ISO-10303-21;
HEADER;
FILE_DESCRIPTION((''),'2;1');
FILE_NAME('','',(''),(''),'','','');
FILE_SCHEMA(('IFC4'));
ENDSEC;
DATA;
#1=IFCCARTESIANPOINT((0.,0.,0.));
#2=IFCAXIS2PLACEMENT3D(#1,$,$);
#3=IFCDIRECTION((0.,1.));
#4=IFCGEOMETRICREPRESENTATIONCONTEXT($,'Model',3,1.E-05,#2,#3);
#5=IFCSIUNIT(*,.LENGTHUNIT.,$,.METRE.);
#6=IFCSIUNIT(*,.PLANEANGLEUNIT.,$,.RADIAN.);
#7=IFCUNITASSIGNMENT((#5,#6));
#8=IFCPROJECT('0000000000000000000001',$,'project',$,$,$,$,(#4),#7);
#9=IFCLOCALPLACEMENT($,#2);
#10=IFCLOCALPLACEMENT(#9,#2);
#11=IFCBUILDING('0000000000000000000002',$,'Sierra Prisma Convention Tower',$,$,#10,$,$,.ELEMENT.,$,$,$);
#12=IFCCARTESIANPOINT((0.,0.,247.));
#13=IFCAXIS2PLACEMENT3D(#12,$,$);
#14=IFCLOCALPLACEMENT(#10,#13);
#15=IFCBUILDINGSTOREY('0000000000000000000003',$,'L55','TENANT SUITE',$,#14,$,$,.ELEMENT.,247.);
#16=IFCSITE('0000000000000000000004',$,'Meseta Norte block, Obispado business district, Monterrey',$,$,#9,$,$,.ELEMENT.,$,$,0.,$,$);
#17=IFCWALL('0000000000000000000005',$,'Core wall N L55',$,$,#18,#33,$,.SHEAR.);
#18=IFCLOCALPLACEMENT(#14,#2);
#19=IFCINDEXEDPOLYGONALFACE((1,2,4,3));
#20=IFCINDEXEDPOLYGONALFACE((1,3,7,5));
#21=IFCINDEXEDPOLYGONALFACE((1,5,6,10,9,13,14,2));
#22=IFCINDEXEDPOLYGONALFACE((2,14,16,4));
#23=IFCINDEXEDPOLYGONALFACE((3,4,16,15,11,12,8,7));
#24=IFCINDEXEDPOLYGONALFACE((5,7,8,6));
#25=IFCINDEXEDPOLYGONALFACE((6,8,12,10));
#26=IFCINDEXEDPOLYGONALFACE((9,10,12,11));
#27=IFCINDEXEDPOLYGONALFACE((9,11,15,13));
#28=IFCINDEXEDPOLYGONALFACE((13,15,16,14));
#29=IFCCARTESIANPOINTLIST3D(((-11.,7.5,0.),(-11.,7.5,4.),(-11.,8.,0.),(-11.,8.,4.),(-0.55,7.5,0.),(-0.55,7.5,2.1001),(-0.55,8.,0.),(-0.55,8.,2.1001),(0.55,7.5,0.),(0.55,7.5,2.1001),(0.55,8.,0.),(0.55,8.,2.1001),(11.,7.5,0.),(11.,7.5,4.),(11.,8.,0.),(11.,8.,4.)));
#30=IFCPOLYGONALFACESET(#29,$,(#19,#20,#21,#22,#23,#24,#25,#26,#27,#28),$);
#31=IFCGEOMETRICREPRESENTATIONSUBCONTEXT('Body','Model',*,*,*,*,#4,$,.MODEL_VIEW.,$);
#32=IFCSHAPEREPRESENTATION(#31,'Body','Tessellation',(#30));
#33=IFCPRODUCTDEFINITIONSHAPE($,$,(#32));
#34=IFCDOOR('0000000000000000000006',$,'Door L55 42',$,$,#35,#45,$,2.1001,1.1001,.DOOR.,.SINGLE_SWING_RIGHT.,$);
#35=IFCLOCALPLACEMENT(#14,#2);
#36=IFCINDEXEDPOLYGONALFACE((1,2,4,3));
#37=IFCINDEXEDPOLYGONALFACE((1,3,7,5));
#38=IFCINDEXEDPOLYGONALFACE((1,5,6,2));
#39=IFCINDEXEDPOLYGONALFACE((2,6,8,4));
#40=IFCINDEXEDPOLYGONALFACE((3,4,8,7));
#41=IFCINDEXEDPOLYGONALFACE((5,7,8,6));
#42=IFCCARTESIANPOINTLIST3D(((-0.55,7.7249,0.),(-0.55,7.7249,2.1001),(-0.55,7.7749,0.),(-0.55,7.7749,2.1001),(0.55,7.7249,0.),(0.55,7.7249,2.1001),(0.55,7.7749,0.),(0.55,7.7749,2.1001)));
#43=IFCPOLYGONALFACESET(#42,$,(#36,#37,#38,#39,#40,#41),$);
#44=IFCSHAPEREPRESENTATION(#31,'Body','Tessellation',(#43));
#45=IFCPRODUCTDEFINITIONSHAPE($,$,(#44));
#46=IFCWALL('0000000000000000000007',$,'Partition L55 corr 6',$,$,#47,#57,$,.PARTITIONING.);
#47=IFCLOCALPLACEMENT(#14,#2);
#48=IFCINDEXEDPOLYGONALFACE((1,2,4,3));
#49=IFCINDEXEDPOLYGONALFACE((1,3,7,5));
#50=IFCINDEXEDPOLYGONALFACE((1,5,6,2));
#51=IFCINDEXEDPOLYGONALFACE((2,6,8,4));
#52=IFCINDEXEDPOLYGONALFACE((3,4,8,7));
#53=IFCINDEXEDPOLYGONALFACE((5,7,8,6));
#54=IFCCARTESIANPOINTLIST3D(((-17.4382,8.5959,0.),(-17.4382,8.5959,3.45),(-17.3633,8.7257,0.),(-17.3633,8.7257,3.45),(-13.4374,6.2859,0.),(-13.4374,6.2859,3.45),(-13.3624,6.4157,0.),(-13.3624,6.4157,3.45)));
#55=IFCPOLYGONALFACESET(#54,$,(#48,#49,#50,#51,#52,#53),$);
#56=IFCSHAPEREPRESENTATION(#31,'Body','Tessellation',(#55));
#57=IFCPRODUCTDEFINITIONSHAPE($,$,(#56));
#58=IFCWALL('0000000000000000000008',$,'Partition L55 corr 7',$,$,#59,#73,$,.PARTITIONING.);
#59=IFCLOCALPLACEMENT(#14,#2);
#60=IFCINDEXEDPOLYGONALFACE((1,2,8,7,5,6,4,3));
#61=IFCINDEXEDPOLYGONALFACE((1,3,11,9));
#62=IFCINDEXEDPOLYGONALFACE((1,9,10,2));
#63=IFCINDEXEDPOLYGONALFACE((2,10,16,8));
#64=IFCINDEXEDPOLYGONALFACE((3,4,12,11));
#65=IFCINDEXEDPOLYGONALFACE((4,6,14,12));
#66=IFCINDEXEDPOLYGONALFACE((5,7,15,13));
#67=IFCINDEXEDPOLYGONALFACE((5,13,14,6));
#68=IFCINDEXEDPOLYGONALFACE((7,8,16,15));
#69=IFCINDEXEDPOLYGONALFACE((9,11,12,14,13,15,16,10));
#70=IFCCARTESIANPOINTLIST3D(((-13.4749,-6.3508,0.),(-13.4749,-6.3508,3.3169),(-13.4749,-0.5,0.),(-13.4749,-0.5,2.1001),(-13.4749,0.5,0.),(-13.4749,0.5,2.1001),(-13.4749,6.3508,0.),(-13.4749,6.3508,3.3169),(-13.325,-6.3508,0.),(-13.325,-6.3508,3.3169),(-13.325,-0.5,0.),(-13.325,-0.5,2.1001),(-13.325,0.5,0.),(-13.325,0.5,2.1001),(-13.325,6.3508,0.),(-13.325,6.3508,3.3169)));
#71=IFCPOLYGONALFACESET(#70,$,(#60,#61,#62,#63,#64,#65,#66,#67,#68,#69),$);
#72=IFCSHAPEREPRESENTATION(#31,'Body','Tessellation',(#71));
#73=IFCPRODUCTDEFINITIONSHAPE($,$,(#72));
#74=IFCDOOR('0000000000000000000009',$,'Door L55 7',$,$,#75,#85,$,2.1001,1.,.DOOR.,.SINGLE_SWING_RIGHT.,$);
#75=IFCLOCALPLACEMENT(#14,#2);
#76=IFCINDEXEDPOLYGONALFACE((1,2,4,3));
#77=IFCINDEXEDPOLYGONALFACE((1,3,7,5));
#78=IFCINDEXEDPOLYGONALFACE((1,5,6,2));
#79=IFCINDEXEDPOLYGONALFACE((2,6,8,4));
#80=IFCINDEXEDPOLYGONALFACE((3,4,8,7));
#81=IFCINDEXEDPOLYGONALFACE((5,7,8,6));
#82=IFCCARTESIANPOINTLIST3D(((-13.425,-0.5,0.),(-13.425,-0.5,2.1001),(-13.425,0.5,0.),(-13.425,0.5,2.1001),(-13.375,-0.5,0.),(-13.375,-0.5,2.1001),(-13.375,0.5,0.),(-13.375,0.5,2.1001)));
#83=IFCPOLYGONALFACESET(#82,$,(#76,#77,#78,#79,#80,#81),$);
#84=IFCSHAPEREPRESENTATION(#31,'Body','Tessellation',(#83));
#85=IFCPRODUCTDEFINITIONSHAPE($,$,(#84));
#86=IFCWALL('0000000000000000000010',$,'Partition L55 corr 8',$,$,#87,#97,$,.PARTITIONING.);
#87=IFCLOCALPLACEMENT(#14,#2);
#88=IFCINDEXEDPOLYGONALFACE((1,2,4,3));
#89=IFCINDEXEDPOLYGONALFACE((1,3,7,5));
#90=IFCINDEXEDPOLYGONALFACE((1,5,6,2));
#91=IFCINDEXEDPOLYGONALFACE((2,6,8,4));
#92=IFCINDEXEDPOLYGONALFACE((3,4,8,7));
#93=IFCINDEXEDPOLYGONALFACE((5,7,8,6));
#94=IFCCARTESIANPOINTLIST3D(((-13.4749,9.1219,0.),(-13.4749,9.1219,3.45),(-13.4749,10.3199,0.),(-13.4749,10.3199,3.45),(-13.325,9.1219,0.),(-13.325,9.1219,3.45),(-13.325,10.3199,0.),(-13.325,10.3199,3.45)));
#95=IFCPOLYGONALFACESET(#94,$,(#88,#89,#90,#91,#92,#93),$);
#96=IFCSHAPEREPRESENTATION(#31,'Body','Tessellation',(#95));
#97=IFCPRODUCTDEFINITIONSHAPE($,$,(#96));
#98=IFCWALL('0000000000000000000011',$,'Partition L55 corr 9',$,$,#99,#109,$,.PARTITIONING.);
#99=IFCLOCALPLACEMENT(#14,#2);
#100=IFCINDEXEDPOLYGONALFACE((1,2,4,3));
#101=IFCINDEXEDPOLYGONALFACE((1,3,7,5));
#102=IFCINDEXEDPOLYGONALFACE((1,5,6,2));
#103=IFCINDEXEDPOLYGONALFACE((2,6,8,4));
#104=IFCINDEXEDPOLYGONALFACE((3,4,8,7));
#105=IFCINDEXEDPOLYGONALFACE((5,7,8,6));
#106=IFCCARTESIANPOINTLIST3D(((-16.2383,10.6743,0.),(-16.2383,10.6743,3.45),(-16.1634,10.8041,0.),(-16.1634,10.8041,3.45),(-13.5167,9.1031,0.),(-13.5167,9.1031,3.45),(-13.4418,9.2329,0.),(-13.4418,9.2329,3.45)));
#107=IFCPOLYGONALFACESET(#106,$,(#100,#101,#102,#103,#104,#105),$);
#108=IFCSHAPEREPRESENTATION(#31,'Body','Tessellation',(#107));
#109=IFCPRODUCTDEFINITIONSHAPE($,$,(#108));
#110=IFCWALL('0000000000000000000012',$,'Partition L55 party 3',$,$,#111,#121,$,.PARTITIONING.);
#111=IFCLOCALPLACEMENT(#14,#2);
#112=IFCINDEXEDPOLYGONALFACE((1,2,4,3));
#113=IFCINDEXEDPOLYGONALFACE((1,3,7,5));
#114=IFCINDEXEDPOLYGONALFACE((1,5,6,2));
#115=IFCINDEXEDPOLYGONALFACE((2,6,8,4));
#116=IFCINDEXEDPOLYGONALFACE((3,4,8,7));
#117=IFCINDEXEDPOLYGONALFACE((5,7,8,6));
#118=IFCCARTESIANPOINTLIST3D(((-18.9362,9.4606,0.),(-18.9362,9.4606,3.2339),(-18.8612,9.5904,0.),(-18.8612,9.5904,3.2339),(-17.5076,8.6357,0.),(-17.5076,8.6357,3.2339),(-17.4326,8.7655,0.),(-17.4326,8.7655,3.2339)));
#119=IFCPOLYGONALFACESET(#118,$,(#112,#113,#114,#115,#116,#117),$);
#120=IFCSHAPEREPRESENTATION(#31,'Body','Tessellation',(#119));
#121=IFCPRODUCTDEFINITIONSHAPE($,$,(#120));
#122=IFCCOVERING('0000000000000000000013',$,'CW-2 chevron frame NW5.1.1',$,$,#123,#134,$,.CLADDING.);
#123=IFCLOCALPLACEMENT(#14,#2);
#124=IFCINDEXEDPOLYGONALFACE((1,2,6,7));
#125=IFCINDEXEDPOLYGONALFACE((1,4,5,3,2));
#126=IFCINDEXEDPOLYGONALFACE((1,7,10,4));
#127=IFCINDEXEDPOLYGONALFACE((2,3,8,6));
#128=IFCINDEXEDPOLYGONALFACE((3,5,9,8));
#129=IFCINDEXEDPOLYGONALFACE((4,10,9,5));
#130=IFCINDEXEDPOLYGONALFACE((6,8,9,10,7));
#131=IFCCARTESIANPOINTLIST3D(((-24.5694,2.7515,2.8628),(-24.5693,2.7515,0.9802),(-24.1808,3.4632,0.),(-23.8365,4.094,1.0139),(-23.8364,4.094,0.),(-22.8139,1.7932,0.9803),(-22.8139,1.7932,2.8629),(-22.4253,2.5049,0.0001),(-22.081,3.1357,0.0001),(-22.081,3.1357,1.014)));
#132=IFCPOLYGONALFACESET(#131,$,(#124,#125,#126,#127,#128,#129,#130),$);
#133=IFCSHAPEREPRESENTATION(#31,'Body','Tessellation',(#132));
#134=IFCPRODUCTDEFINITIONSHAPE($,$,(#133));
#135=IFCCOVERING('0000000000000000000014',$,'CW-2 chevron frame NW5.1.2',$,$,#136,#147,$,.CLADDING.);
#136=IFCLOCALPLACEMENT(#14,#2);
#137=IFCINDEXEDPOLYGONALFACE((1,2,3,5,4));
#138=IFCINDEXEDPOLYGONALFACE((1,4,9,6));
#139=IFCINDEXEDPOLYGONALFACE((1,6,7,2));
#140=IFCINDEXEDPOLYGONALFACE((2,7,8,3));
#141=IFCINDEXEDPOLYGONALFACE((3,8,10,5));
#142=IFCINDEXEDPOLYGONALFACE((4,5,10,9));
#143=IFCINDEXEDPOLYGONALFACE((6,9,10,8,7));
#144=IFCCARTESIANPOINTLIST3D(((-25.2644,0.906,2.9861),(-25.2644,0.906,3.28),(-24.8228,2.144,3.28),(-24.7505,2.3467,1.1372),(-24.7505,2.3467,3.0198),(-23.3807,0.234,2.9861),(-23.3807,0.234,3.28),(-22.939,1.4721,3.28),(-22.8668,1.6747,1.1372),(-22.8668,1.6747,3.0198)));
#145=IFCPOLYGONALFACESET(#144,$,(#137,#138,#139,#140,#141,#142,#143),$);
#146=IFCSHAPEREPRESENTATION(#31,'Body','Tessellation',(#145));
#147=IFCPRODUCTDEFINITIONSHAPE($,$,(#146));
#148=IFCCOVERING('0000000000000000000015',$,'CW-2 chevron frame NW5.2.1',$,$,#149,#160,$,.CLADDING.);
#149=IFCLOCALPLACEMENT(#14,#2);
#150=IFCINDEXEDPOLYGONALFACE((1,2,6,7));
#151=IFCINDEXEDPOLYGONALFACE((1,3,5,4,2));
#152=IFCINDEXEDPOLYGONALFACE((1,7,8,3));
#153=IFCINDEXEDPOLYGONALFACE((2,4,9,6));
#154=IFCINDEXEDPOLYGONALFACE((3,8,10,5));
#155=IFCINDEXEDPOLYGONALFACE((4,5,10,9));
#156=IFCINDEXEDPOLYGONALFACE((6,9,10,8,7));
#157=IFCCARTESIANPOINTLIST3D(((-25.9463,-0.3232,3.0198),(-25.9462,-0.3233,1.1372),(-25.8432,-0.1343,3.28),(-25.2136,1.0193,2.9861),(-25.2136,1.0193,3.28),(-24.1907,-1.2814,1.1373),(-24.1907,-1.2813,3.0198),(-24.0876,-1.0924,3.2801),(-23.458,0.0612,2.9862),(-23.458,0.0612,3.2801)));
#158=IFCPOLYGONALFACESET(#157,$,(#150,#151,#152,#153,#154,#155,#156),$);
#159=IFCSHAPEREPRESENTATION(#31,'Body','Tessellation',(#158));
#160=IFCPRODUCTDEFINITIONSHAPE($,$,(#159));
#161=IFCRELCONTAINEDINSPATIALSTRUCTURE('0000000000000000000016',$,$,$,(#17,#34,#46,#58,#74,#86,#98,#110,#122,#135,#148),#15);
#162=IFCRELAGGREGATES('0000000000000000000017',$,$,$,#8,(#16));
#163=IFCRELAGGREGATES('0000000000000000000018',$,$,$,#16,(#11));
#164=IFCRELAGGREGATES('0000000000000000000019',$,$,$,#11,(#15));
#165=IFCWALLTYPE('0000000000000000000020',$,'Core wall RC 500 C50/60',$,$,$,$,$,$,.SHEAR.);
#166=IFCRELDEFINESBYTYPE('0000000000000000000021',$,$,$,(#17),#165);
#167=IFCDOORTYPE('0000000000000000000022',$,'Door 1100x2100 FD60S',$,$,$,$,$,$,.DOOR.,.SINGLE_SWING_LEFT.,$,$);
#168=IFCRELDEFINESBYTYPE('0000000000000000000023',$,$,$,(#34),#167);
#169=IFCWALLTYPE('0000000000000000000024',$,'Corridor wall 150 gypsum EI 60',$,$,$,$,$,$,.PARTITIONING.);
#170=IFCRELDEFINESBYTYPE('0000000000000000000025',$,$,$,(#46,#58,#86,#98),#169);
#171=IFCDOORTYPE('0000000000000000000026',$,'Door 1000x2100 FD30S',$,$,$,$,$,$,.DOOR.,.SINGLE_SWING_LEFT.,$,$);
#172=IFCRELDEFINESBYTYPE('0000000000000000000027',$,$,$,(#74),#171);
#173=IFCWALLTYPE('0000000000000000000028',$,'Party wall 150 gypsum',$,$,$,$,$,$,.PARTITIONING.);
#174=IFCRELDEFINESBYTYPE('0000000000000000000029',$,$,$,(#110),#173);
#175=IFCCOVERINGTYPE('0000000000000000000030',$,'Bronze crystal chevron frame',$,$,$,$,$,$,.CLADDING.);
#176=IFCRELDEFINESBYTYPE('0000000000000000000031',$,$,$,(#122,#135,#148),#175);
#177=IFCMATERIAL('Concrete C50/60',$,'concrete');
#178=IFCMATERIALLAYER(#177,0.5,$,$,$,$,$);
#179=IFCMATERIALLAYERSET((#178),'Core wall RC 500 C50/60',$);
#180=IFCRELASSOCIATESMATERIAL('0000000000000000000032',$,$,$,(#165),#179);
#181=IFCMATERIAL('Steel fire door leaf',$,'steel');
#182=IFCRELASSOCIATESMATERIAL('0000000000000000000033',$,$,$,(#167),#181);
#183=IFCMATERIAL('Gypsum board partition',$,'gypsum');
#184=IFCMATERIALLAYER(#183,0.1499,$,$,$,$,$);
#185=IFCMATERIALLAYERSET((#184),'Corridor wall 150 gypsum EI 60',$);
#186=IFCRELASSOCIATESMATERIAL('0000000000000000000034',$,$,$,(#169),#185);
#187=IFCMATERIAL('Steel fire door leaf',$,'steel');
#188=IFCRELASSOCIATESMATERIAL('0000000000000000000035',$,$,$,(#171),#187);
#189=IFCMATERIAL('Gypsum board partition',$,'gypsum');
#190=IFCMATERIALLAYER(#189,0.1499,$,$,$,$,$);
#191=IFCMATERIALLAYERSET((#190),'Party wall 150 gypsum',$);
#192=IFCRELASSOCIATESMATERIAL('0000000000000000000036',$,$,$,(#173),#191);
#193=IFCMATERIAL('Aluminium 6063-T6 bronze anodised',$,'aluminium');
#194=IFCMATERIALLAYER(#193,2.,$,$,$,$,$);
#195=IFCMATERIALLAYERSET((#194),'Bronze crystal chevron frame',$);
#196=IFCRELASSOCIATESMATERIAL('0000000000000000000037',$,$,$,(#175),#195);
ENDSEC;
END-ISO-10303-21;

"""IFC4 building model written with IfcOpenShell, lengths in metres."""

from ifc_helpers import new_model, si_unit, direction, frame, frame_2d, origin, place, context, subcontext, project, spatial, polyline, rectangle, outline, extrude, material, layer, layer_set, type_object, element, fill, save


model = new_model("IFC4")

# Units and contexts
model_context = context("Model", 3, precision=1e-05, world=origin(), true_north=direction((0.0, 1.0)))
body_context = subcontext(model_context, "Body", "Model", "MODEL_VIEW")
ifc_project = project(units=[si_unit("LENGTHUNIT", "METRE"), si_unit("PLANEANGLEUNIT", "RADIAN")], contexts=[model_context])

# Site, building, storey
site_placement = place(None, origin())
site = spatial("IfcSite", under=ifc_project, at=site_placement, Name="Meseta Norte block, Obispado business district, Monterrey", CompositionType="ELEMENT", RefElevation=0.0)
building_placement = place(site_placement, origin())
building = spatial("IfcBuilding", under=site, at=building_placement, Name="Sierra Prisma Convention Tower", CompositionType="ELEMENT")
storey_placement = place(building_placement, frame((0.0, 0.0, 247.0)))
storey = spatial("IfcBuildingStorey", under=building, at=storey_placement, Name="L55", Description="TENANT SUITE", CompositionType="ELEMENT", Elevation=247.0)

# Wall, opening, door
ifc_material_1 = material(Name="Concrete C50/60", Category="concrete")
ifc_layer_1 = layer(ifc_material_1, 0.5)
ifc_layer_set_1 = layer_set([ifc_layer_1], Name="Core wall RC 500 C50/60")
wall_type_1 = type_object("IfcWallType", Name="Core wall RC 500 C50/60", PredefinedType="SHEAR", material=ifc_layer_set_1)
wall_1_placement = place(storey_placement, frame((-11.0, 7.75, 0.0), z_axis=(0.0, 0.0, 1.0), x_axis=(1.0, 0.0, 0.0)))
wall_1 = element("IfcWall", 1, at=wall_1_placement, inside=storey, type_object=wall_type_1, Name="Core wall N L55", PredefinedType="SHEAR", context=body_context, shape_type="SweptSolid", body=[
    extrude(rectangle(XDim=22.0, YDim=0.5, at=frame_2d((11.0, 0.0))), origin(), (0.0, 0.0, 1.0), 4.0),
])
opening_1_placement = place(wall_1_placement, frame((10.45, 0.0, 0.0)))
opening_1 = element("IfcOpeningElement", 2, at=opening_1_placement, cuts=wall_1, PredefinedType="OPENING", context=body_context, shape_type="SweptSolid", body=[
    extrude(rectangle(XDim=1.1001, YDim=2.1001, at=frame_2d((0.55, 1.05))), frame((0.0, 0.25, 0.0), z_axis=(0.0, -1.0, 0.0), x_axis=(1.0, 0.0, 0.0)), (0.0, 0.0, 1.0), 0.5),
])
ifc_material_2 = material(Name="Steel fire door leaf", Category="steel")
door_type_1 = type_object("IfcDoorType", Name="Door 1100x2100 FD60S", OperationType="SINGLE_SWING_LEFT", PredefinedType="DOOR", material=ifc_material_2)
door_1_placement = place(opening_1_placement, origin())
door_1 = element("IfcDoor", 3, at=door_1_placement, inside=storey, type_object=door_type_1, Name="Door L55 42", OperationType="SINGLE_SWING_RIGHT", OverallHeight=2.1001, OverallWidth=1.1001, PredefinedType="DOOR", context=body_context, shape_type="SweptSolid", body=[
    extrude(rectangle(XDim=1.1001, YDim=2.1001, at=frame_2d((0.55, 1.05))), frame((0.0, 0.0249, 0.0), z_axis=(0.0, -1.0, 0.0), x_axis=(1.0, 0.0, 0.0)), (0.0, 0.0, 1.0), 0.05),
])
fill(opening_1, door_1)

# Wall
ifc_material_3 = material(Name="Gypsum board partition", Category="gypsum")
ifc_layer_2 = layer(ifc_material_3, 0.1499)
ifc_layer_set_2 = layer_set([ifc_layer_2], Name="Corridor wall 150 gypsum EI 60")
wall_type_2 = type_object("IfcWallType", Name="Corridor wall 150 gypsum EI 60", PredefinedType="PARTITIONING", material=ifc_layer_set_2)
wall_2_placement = place(storey_placement, frame((-17.4009, 8.6609, 0.0), z_axis=(0.0, 0.0, 1.0), x_axis=(0.866017, -0.500015, 0.0)))
element("IfcWall", 4, at=wall_2_placement, inside=storey, type_object=wall_type_2, Name="Partition L55 corr 6", PredefinedType="PARTITIONING", context=body_context, shape_type="SweptSolid", body=[
    extrude(rectangle(XDim=4.6199, YDim=0.1499, at=frame_2d((2.3101, 0.0))), origin(), (0.0, 0.0, 1.0), 3.45),
])

# Wall, opening, door
wall_3_placement = place(storey_placement, frame((-13.3999, 6.3508, 0.0), z_axis=(0.0, 0.0, 1.0), x_axis=(0.0, -1.0, 0.0)))
wall_3 = element("IfcWall", 5, at=wall_3_placement, inside=storey, type_object=wall_type_2, Name="Partition L55 corr 7", PredefinedType="PARTITIONING", context=body_context, shape_type="SweptSolid", body=[
    extrude(rectangle(XDim=12.7017, YDim=0.1499, at=frame_2d((6.3508, 0.0))), origin(), (0.0, 0.0, 1.0), 3.3169),
])
opening_2_placement = place(wall_3_placement, frame((5.8508, 0.0, 0.0)))
opening_2 = element("IfcOpeningElement", 6, at=opening_2_placement, cuts=wall_3, PredefinedType="OPENING", context=body_context, shape_type="SweptSolid", body=[
    extrude(rectangle(XDim=1.0, YDim=2.1001, at=frame_2d((0.5, 1.05))), frame((0.0, 0.075, 0.0), z_axis=(0.0, -1.0, 0.0), x_axis=(1.0, 0.0, 0.0)), (0.0, 0.0, 1.0), 0.1499),
])
ifc_material_4 = material(Name="Steel fire door leaf", Category="steel")
door_type_2 = type_object("IfcDoorType", Name="Door 1000x2100 FD30S", OperationType="SINGLE_SWING_LEFT", PredefinedType="DOOR", material=ifc_material_4)
door_2_placement = place(opening_2_placement, origin())
door_2 = element("IfcDoor", 7, at=door_2_placement, inside=storey, type_object=door_type_2, Name="Door L55 7", OperationType="SINGLE_SWING_RIGHT", OverallHeight=2.1001, OverallWidth=1.0, PredefinedType="DOOR", context=body_context, shape_type="SweptSolid", body=[
    extrude(rectangle(XDim=1.0, YDim=2.1001, at=frame_2d((0.5, 1.05))), frame((0.0, 0.0249, 0.0), z_axis=(0.0, -1.0, 0.0), x_axis=(1.0, 0.0, 0.0)), (0.0, 0.0, 1.0), 0.05),
])
fill(opening_2, door_2)

# Walls
wall_4_placement = place(storey_placement, frame((-13.3999, 10.3201, 0.0), z_axis=(0.0, 0.0, 1.0), x_axis=(0.0, -1.0, 0.0)))
element("IfcWall", 8, at=wall_4_placement, inside=storey, type_object=wall_type_2, Name="Partition L55 corr 8", PredefinedType="PARTITIONING", context=body_context, shape_type="SweptSolid", body=[
    extrude(rectangle(XDim=1.198, YDim=0.1499, at=frame_2d((0.5991, 0.0))), origin(), (0.0, 0.0, 1.0), 3.45),
])
wall_5_placement = place(storey_placement, frame((-13.4792, 9.168, 0.0), z_axis=(0.0, 0.0, 1.0), x_axis=(-0.866036, 0.499982, 0.0)))
element("IfcWall", 9, at=wall_5_placement, inside=storey, type_object=wall_type_2, Name="Partition L55 corr 9", PredefinedType="PARTITIONING", context=body_context, shape_type="SweptSolid", body=[
    extrude(rectangle(XDim=3.1426, YDim=0.1499, at=frame_2d((1.5713, 0.0))), origin(), (0.0, 0.0, 1.0), 3.45),
])
ifc_material_5 = material(Name="Gypsum board partition", Category="gypsum")
ifc_layer_3 = layer(ifc_material_5, 0.1499)
ifc_layer_set_3 = layer_set([ifc_layer_3], Name="Party wall 150 gypsum")
wall_type_3 = type_object("IfcWallType", Name="Party wall 150 gypsum", PredefinedType="PARTITIONING", material=ifc_layer_set_3)
wall_6_placement = place(storey_placement, frame((-17.4702, 8.7007, 0.0), z_axis=(0.0, 0.0, 1.0), x_axis=(-0.866003, 0.500038, 0.0)))
element("IfcWall", 10, at=wall_6_placement, inside=storey, type_object=wall_type_3, Name="Partition L55 party 3", PredefinedType="PARTITIONING", context=body_context, shape_type="SweptSolid", body=[
    extrude(rectangle(XDim=1.6497, YDim=0.1499, at=frame_2d((0.8247, 0.0))), origin(), (0.0, 0.0, 1.0), 3.2339),
])

# Coverings
ifc_material_6 = material(Name="Aluminium 6063-T6 bronze anodised", Category="aluminium")
ifc_layer_4 = layer(ifc_material_6, 2.0)
ifc_layer_set_4 = layer_set([ifc_layer_4], Name="Bronze crystal chevron frame")
covering_type = type_object("IfcCoveringType", Name="Bronze crystal chevron frame", PredefinedType="CLADDING", material=ifc_layer_set_4)
covering_1_placement = place(storey_placement, frame((-23.8364, 4.094, 0.0), z_axis=(-0.877737, 0.479142, -0.000042), x_axis=(-0.479142, -0.877737, 0.0)))
element("IfcCovering", 11, at=covering_1_placement, inside=storey, type_object=covering_type, Name="CW-2 chevron frame NW5.1.1", PredefinedType="CLADDING", context=body_context, shape_type="SweptSolid", body=[
    extrude(outline(polyline([(0.0, 0.0), (0.7187, 0.0), (1.5296, 0.9802), (1.5296, 2.8628), (0.0, 1.0139), (0.0, 0.0)])), origin(), (0.0, 0.0, -1.0), 2.0),
])
covering_2_placement = place(storey_placement, frame((-24.7505, 2.3467, 3.0198), z_axis=(-0.941868, 0.335984, 0.000007), x_axis=(-0.000007, 0.000002, -1.0)))
element("IfcCovering", 12, at=covering_2_placement, inside=storey, type_object=covering_type, Name="CW-2 chevron frame NW5.1.2", PredefinedType="CLADDING", context=body_context, shape_type="SweptSolid", body=[
    extrude(outline(polyline([(0.0, 0.0), (1.8826, 0.0), (0.0337, 1.5296), (-0.2603, 1.5296), (-0.2603, 0.2151), (0.0, 0.0)])), origin(), (0.0, 0.0, -1.0), 2.0),
])
covering_3_placement = place(storey_placement, frame((-25.2136, 1.0193, 3.28), z_axis=(-0.877789, 0.479048, -0.000036), x_axis=(0.000031, -0.000017, -1.0)))
element("IfcCovering", 13, at=covering_3_placement, inside=storey, type_object=covering_type, Name="CW-2 chevron frame NW5.2.1", PredefinedType="CLADDING", context=body_context, shape_type="SweptSolid", body=[
    extrude(outline(polyline([(0.0, 0.0), (0.2939, 0.0), (2.1428, 1.5294), (0.2603, 1.5294), (0.0, 1.3142), (0.0, 0.0)])), origin(), (0.0, 0.0, -1.0), 2.0),
])

save(model, "model.ifc")
